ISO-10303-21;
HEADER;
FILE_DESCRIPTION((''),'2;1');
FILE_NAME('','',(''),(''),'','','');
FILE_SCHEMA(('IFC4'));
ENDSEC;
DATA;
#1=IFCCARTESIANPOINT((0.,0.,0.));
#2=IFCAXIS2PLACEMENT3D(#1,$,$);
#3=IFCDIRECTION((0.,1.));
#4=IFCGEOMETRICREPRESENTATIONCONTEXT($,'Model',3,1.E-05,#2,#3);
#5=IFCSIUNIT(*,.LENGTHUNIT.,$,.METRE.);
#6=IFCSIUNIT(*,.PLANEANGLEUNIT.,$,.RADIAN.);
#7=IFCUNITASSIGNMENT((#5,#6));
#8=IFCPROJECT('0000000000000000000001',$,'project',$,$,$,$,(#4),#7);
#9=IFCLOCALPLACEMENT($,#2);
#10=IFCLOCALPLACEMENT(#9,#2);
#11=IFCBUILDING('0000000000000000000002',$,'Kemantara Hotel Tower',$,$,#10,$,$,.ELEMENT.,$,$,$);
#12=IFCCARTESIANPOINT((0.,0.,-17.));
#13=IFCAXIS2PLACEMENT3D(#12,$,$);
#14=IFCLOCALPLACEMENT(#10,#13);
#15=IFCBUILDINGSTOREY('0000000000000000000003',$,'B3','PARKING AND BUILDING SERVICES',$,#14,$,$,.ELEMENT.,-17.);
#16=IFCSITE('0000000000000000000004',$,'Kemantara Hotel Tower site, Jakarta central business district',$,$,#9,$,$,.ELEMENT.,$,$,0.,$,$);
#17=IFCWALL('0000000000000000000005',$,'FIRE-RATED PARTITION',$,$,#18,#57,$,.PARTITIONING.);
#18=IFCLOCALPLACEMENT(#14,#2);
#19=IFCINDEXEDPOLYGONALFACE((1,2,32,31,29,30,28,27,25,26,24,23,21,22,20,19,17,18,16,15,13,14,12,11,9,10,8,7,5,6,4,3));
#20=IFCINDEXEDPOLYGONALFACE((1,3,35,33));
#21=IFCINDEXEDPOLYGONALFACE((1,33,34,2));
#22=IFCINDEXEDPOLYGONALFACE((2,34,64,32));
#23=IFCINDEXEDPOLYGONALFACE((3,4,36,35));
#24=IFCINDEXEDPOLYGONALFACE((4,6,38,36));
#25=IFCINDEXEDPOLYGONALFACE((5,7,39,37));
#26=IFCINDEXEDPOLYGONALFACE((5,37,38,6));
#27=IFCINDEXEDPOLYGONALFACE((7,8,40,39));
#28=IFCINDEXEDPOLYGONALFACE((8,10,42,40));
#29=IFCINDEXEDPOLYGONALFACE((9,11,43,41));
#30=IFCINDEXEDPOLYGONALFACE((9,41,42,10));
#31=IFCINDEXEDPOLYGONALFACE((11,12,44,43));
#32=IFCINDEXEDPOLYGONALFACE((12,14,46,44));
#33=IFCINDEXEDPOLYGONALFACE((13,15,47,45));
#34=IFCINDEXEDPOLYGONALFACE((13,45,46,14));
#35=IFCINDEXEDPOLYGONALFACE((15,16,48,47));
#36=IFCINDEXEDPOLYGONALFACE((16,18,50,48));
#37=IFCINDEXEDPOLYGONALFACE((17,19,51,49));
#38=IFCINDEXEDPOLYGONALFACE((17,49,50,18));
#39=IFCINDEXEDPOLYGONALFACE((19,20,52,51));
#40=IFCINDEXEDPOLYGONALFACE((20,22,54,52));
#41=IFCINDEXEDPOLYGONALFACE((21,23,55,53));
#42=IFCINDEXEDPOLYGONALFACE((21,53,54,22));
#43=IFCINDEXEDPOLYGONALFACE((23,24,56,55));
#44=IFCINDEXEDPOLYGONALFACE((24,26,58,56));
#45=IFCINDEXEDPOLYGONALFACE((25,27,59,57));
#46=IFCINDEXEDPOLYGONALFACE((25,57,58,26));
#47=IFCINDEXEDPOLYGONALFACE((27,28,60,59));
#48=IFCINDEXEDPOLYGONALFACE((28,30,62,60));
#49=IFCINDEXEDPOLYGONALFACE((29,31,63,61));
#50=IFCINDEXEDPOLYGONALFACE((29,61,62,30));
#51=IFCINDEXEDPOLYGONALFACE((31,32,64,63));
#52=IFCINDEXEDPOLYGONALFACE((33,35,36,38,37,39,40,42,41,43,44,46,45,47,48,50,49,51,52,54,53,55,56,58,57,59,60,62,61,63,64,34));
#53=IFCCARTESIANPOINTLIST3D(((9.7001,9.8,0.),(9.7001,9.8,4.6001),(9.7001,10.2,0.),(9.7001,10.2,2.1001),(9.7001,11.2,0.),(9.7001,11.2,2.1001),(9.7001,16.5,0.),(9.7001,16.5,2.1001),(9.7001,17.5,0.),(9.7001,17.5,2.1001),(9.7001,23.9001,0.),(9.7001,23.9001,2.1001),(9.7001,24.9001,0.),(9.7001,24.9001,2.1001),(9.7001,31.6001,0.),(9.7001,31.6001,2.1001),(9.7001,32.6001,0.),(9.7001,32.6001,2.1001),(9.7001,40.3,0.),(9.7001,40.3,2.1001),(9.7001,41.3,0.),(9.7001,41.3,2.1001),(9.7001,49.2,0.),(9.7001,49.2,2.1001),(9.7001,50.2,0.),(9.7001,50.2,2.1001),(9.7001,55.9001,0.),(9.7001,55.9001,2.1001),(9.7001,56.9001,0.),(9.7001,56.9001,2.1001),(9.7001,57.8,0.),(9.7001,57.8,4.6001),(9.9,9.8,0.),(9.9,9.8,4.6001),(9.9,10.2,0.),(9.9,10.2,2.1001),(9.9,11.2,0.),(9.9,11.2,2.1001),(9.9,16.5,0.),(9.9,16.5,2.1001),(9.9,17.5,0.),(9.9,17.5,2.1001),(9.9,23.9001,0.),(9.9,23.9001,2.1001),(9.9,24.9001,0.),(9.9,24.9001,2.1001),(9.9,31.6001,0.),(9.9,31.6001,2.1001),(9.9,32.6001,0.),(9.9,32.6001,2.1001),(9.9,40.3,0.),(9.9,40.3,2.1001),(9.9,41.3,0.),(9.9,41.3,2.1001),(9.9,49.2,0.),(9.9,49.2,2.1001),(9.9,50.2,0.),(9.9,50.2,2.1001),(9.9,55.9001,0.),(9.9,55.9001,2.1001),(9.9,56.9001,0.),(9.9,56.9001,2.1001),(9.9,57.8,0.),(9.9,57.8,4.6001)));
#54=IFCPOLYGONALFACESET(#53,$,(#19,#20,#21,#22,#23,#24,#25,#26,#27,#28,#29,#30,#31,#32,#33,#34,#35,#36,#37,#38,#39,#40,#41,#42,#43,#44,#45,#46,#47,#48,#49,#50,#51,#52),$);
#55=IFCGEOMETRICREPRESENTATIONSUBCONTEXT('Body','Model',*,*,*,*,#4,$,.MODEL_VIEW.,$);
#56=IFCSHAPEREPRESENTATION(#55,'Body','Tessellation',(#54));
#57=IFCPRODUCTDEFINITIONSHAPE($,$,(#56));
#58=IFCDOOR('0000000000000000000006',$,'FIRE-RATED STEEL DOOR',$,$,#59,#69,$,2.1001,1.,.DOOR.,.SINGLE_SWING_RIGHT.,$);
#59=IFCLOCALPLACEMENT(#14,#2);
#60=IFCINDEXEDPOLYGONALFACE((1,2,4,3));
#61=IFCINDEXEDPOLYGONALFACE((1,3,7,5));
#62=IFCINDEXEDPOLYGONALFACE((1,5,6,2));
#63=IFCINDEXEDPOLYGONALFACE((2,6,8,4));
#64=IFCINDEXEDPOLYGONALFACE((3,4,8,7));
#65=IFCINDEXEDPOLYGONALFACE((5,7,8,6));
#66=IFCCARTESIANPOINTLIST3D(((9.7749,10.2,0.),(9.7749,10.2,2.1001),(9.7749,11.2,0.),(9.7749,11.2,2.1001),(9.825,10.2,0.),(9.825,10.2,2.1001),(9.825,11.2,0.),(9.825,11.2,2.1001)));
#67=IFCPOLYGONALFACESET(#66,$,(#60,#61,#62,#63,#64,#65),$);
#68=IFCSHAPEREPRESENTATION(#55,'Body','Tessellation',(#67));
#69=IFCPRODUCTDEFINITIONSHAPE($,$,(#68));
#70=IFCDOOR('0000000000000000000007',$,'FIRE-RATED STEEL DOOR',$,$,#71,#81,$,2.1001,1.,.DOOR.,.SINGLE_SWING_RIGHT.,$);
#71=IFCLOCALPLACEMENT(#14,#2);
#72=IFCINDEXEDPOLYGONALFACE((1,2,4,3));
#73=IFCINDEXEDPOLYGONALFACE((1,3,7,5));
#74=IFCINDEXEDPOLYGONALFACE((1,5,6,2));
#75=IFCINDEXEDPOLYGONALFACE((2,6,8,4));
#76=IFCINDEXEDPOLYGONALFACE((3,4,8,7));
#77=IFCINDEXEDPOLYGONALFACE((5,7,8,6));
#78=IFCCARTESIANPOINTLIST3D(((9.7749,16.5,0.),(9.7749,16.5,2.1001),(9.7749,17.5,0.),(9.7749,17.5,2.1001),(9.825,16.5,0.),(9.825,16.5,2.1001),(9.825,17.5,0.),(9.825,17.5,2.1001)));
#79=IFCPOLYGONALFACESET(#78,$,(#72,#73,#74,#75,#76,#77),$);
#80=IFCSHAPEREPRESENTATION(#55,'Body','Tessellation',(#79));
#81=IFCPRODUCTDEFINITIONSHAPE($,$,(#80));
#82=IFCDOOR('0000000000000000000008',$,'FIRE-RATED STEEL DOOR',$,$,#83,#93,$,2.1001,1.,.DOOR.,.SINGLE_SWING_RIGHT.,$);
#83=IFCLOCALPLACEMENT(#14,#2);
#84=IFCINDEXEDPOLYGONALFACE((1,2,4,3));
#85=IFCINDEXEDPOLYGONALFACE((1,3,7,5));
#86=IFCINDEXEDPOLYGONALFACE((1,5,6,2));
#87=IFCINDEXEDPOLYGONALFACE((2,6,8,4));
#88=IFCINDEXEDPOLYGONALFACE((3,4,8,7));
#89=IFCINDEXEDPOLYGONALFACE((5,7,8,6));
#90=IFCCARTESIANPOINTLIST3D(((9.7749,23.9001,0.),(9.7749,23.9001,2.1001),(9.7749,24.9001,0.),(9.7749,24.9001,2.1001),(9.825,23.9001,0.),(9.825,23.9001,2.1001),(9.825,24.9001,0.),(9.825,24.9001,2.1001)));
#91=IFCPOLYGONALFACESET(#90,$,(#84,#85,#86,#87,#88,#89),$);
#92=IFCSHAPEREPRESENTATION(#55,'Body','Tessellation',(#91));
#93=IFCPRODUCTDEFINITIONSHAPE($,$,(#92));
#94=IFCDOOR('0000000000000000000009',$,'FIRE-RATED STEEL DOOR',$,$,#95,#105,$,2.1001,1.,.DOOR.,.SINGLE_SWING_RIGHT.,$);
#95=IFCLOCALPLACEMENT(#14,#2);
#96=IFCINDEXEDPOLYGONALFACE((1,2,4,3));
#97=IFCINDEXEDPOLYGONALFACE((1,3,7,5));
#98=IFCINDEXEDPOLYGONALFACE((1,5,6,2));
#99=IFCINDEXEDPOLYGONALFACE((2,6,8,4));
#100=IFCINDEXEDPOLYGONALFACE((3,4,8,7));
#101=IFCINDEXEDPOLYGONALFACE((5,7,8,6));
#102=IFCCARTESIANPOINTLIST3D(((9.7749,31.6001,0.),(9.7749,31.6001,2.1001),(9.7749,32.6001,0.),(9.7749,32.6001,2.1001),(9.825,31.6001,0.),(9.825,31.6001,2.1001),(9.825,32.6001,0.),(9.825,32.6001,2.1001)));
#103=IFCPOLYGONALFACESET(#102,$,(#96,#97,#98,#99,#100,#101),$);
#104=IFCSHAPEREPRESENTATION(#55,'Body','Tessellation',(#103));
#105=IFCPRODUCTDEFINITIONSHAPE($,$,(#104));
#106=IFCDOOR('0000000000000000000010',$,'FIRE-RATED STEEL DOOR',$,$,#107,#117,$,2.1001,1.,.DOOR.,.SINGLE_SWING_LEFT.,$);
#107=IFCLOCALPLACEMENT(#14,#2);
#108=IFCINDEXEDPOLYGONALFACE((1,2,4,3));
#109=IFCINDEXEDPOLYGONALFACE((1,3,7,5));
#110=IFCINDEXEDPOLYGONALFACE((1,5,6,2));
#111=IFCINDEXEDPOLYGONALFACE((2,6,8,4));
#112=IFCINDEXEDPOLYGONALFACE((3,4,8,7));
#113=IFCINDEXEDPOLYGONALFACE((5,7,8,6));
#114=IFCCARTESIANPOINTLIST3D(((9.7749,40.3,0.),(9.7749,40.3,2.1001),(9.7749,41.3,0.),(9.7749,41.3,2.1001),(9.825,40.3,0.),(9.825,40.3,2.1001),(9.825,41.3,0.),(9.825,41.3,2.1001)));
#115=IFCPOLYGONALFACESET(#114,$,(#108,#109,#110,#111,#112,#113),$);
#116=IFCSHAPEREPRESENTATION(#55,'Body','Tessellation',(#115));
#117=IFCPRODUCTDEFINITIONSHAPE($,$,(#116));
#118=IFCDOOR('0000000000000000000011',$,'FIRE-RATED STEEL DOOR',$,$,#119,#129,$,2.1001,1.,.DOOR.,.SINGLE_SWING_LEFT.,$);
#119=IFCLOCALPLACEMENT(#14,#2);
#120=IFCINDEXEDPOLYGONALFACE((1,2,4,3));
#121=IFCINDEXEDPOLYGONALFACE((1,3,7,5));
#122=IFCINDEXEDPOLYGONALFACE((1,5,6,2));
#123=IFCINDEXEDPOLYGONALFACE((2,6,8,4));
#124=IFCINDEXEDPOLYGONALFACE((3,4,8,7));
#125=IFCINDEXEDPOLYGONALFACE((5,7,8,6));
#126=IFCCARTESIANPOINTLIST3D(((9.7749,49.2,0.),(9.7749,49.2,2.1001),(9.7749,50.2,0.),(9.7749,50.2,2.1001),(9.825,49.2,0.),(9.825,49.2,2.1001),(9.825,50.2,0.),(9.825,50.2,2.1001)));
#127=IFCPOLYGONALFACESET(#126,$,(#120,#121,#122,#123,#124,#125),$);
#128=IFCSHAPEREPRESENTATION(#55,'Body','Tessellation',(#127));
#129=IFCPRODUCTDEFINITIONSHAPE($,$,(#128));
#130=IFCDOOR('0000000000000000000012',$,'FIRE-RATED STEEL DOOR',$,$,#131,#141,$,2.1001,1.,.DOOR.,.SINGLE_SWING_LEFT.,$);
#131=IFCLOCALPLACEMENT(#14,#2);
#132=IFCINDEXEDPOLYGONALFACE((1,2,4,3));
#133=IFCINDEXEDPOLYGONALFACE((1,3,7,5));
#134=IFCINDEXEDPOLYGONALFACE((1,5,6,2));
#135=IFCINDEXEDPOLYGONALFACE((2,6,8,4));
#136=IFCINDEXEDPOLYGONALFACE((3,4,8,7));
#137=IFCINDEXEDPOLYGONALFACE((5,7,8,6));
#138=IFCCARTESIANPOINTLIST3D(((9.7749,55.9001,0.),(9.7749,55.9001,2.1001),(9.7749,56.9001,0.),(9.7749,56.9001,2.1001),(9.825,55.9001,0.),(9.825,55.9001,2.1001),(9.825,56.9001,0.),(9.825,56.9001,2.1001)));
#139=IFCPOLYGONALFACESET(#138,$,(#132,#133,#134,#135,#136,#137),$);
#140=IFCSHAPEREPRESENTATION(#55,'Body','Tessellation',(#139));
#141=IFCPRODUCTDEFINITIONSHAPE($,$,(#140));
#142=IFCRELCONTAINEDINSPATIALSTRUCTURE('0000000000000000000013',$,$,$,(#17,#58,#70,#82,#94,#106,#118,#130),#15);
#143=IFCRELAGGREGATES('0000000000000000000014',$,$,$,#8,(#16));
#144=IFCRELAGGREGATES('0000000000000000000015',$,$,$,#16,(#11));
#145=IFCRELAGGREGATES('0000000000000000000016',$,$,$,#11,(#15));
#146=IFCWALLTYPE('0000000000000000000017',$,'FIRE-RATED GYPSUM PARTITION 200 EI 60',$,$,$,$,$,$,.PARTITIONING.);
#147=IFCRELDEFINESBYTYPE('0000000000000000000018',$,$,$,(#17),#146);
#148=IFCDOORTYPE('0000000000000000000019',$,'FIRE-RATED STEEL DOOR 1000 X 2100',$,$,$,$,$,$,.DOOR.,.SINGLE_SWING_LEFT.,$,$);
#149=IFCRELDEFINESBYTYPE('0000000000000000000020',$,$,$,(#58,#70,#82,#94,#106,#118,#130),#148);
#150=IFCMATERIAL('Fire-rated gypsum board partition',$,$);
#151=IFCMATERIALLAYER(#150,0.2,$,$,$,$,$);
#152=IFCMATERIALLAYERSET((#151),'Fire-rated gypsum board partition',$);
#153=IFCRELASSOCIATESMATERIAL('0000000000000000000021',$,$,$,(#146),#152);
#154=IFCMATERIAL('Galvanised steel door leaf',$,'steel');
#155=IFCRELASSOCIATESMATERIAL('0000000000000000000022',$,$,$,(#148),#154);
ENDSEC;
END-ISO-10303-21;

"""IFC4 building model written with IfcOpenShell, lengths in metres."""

from ifc_helpers import new_model, si_unit, direction, frame, frame_2d, origin, place, context, subcontext, project, spatial, rectangle, extrude, material, layer, layer_set, type_object, element, fill, save


model = new_model("IFC4")

# Units and contexts
model_context = context("Model", 3, precision=1e-05, world=origin(), true_north=direction((0.0, 1.0)))
body_context = subcontext(model_context, "Body", "Model", "MODEL_VIEW")
ifc_project = project(units=[si_unit("LENGTHUNIT", "METRE"), si_unit("PLANEANGLEUNIT", "RADIAN")], contexts=[model_context])

# Site, building, storey
site_placement = place(None, origin())
site = spatial("IfcSite", under=ifc_project, at=site_placement, Name="Kemantara Hotel Tower site, Jakarta central business district", CompositionType="ELEMENT", RefElevation=0.0)
building_placement = place(site_placement, origin())
building = spatial("IfcBuilding", under=site, at=building_placement, Name="Kemantara Hotel Tower", CompositionType="ELEMENT")
storey_placement = place(building_placement, frame((0.0, 0.0, -17.0)))
storey = spatial("IfcBuildingStorey", under=building, at=storey_placement, Name="B3", Description="PARKING AND BUILDING SERVICES", CompositionType="ELEMENT", Elevation=-17.0)

# Shared definitions
ifc_material_1 = material(Name="Fire-rated gypsum board partition")
ifc_layer_1 = layer(ifc_material_1, 0.2)
ifc_layer_set_1 = layer_set([ifc_layer_1], Name="Fire-rated gypsum board partition")
wall_type_1 = type_object("IfcWallType", Name="FIRE-RATED GYPSUM PARTITION 200 EI 60", PredefinedType="PARTITIONING", material=ifc_layer_set_1)

# Wall, openings, doors
wall_1_placement = place(storey_placement, frame((9.8, 9.8, 0.0), z_axis=(0.0, 0.0, 1.0), x_axis=(0.0, 1.0, 0.0)))
wall_1 = element("IfcWall", 1, at=wall_1_placement, inside=storey, type_object=wall_type_1, Name="FIRE-RATED PARTITION", PredefinedType="PARTITIONING", context=body_context, shape_type="SweptSolid", body=[
    extrude(rectangle(XDim=48.0, YDim=0.2, at=frame_2d((24.0, 0.0))), origin(), (0.0, 0.0, 1.0), 4.6001),
])
opening_1_placement = place(wall_1_placement, frame((0.3999, 0.0, 0.0)))
opening_1 = element("IfcOpeningElement", 2, at=opening_1_placement, cuts=wall_1, PredefinedType="OPENING", context=body_context, shape_type="SweptSolid", body=[
    extrude(rectangle(XDim=1.0, YDim=2.1001, at=frame_2d((0.5, 1.05))), frame((0.0, 0.1099, 0.0), z_axis=(0.0, -1.0, 0.0), x_axis=(1.0, 0.0, 0.0)), (0.0, 0.0, 1.0), 0.22),
])
opening_2_placement = place(wall_1_placement, frame((6.7, 0.0, 0.0)))
opening_2 = element("IfcOpeningElement", 3, at=opening_2_placement, cuts=wall_1, PredefinedType="OPENING", context=body_context, shape_type="SweptSolid", body=[
    extrude(rectangle(XDim=1.0, YDim=2.1001, at=frame_2d((0.5, 1.05))), frame((0.0, 0.1099, 0.0), z_axis=(0.0, -1.0, 0.0), x_axis=(1.0, 0.0, 0.0)), (0.0, 0.0, 1.0), 0.22),
])
opening_3_placement = place(wall_1_placement, frame((14.1001, 0.0, 0.0)))
opening_3 = element("IfcOpeningElement", 4, at=opening_3_placement, cuts=wall_1, PredefinedType="OPENING", context=body_context, shape_type="SweptSolid", body=[
    extrude(rectangle(XDim=1.0, YDim=2.1001, at=frame_2d((0.5, 1.05))), frame((0.0, 0.1099, 0.0), z_axis=(0.0, -1.0, 0.0), x_axis=(1.0, 0.0, 0.0)), (0.0, 0.0, 1.0), 0.22),
])
opening_4_placement = place(wall_1_placement, frame((21.8, 0.0, 0.0)))
opening_4 = element("IfcOpeningElement", 5, at=opening_4_placement, cuts=wall_1, PredefinedType="OPENING", context=body_context, shape_type="SweptSolid", body=[
    extrude(rectangle(XDim=1.0, YDim=2.1001, at=frame_2d((0.5, 1.05))), frame((0.0, 0.1099, 0.0), z_axis=(0.0, -1.0, 0.0), x_axis=(1.0, 0.0, 0.0)), (0.0, 0.0, 1.0), 0.22),
])
opening_5_placement = place(wall_1_placement, frame((30.5, 0.0, 0.0)))
opening_5 = element("IfcOpeningElement", 6, at=opening_5_placement, cuts=wall_1, PredefinedType="OPENING", context=body_context, shape_type="SweptSolid", body=[
    extrude(rectangle(XDim=1.0, YDim=2.1001, at=frame_2d((0.5, 1.05))), frame((0.0, 0.1099, 0.0), z_axis=(0.0, -1.0, 0.0), x_axis=(1.0, 0.0, 0.0)), (0.0, 0.0, 1.0), 0.22),
])
opening_6_placement = place(wall_1_placement, frame((39.3999, 0.0, 0.0)))
opening_6 = element("IfcOpeningElement", 7, at=opening_6_placement, cuts=wall_1, PredefinedType="OPENING", context=body_context, shape_type="SweptSolid", body=[
    extrude(rectangle(XDim=1.0, YDim=2.1001, at=frame_2d((0.5, 1.05))), frame((0.0, 0.1099, 0.0), z_axis=(0.0, -1.0, 0.0), x_axis=(1.0, 0.0, 0.0)), (0.0, 0.0, 1.0), 0.22),
])
opening_7_placement = place(wall_1_placement, frame((46.1001, 0.0, 0.0)))
opening_7 = element("IfcOpeningElement", 8, at=opening_7_placement, cuts=wall_1, PredefinedType="OPENING", context=body_context, shape_type="SweptSolid", body=[
    extrude(rectangle(XDim=1.0, YDim=2.1001, at=frame_2d((0.5, 1.05))), frame((0.0, 0.1099, 0.0), z_axis=(0.0, -1.0, 0.0), x_axis=(1.0, 0.0, 0.0)), (0.0, 0.0, 1.0), 0.22),
])
ifc_material_2 = material(Name="Galvanised steel door leaf", Category="steel")
door_type = type_object("IfcDoorType", Name="FIRE-RATED STEEL DOOR 1000 X 2100", OperationType="SINGLE_SWING_LEFT", PredefinedType="DOOR", material=ifc_material_2)
door_1_placement = place(opening_1_placement, frame((1.0, 0.0, 0.0), z_axis=(0.0, 0.0, 1.0), x_axis=(-1.0, 0.0, 0.0)))
door_1 = element("IfcDoor", 9, at=door_1_placement, inside=storey, type_object=door_type, Name="FIRE-RATED STEEL DOOR", OperationType="SINGLE_SWING_RIGHT", OverallHeight=2.1001, OverallWidth=1.0, PredefinedType="DOOR", context=body_context, shape_type="SweptSolid", body=[
    extrude(rectangle(XDim=1.0, YDim=2.1001, at=frame_2d((0.5, 1.05))), frame((0.0, 0.0249, 0.0), z_axis=(0.0, -1.0, 0.0), x_axis=(1.0, 0.0, 0.0)), (0.0, 0.0, 1.0), 0.05),
])
fill(opening_1, door_1)
door_2_placement = place(opening_2_placement, frame((1.0, 0.0, 0.0), z_axis=(0.0, 0.0, 1.0), x_axis=(-1.0, 0.0, 0.0)))
door_2 = element("IfcDoor", 10, at=door_2_placement, inside=storey, type_object=door_type, Name="FIRE-RATED STEEL DOOR", OperationType="SINGLE_SWING_RIGHT", OverallHeight=2.1001, OverallWidth=1.0, PredefinedType="DOOR", context=body_context, shape_type="SweptSolid", body=[
    extrude(rectangle(XDim=1.0, YDim=2.1001, at=frame_2d((0.5, 1.05))), frame((0.0, 0.0249, 0.0), z_axis=(0.0, -1.0, 0.0), x_axis=(1.0, 0.0, 0.0)), (0.0, 0.0, 1.0), 0.05),
])
fill(opening_2, door_2)
door_3_placement = place(opening_3_placement, frame((1.0, 0.0, 0.0), z_axis=(0.0, 0.0, 1.0), x_axis=(-1.0, 0.0, 0.0)))
door_3 = element("IfcDoor", 11, at=door_3_placement, inside=storey, type_object=door_type, Name="FIRE-RATED STEEL DOOR", OperationType="SINGLE_SWING_RIGHT", OverallHeight=2.1001, OverallWidth=1.0, PredefinedType="DOOR", context=body_context, shape_type="SweptSolid", body=[
    extrude(rectangle(XDim=1.0, YDim=2.1001, at=frame_2d((0.5, 1.05))), frame((0.0, 0.0249, 0.0), z_axis=(0.0, -1.0, 0.0), x_axis=(1.0, 0.0, 0.0)), (0.0, 0.0, 1.0), 0.05),
])
fill(opening_3, door_3)
door_4_placement = place(opening_4_placement, frame((1.0, 0.0, 0.0), z_axis=(0.0, 0.0, 1.0), x_axis=(-1.0, 0.0, 0.0)))
door_4 = element("IfcDoor", 12, at=door_4_placement, inside=storey, type_object=door_type, Name="FIRE-RATED STEEL DOOR", OperationType="SINGLE_SWING_RIGHT", OverallHeight=2.1001, OverallWidth=1.0, PredefinedType="DOOR", context=body_context, shape_type="SweptSolid", body=[
    extrude(rectangle(XDim=1.0, YDim=2.1001, at=frame_2d((0.5, 1.05))), frame((0.0, 0.0249, 0.0), z_axis=(0.0, -1.0, 0.0), x_axis=(1.0, 0.0, 0.0)), (0.0, 0.0, 1.0), 0.05),
])
fill(opening_4, door_4)
door_5_placement = place(opening_5_placement, frame((1.0, 0.0, 0.0), z_axis=(0.0, 0.0, 1.0), x_axis=(-1.0, 0.0, 0.0)))
door_5 = element("IfcDoor", 13, at=door_5_placement, inside=storey, type_object=door_type, Name="FIRE-RATED STEEL DOOR", OperationType="SINGLE_SWING_LEFT", OverallHeight=2.1001, OverallWidth=1.0, PredefinedType="DOOR", context=body_context, shape_type="SweptSolid", body=[
    extrude(rectangle(XDim=1.0, YDim=2.1001, at=frame_2d((0.5, 1.05))), frame((0.0, 0.0249, 0.0), z_axis=(0.0, -1.0, 0.0), x_axis=(1.0, 0.0, 0.0)), (0.0, 0.0, 1.0), 0.05),
])
fill(opening_5, door_5)
door_6_placement = place(opening_6_placement, frame((1.0, 0.0, 0.0), z_axis=(0.0, 0.0, 1.0), x_axis=(-1.0, 0.0, 0.0)))
door_6 = element("IfcDoor", 14, at=door_6_placement, inside=storey, type_object=door_type, Name="FIRE-RATED STEEL DOOR", OperationType="SINGLE_SWING_LEFT", OverallHeight=2.1001, OverallWidth=1.0, PredefinedType="DOOR", context=body_context, shape_type="SweptSolid", body=[
    extrude(rectangle(XDim=1.0, YDim=2.1001, at=frame_2d((0.5, 1.05))), frame((0.0, 0.0249, 0.0), z_axis=(0.0, -1.0, 0.0), x_axis=(1.0, 0.0, 0.0)), (0.0, 0.0, 1.0), 0.05),
])
fill(opening_6, door_6)
door_7_placement = place(opening_7_placement, frame((1.0, 0.0, 0.0), z_axis=(0.0, 0.0, 1.0), x_axis=(-1.0, 0.0, 0.0)))
door_7 = element("IfcDoor", 15, at=door_7_placement, inside=storey, type_object=door_type, Name="FIRE-RATED STEEL DOOR", OperationType="SINGLE_SWING_LEFT", OverallHeight=2.1001, OverallWidth=1.0, PredefinedType="DOOR", context=body_context, shape_type="SweptSolid", body=[
    extrude(rectangle(XDim=1.0, YDim=2.1001, at=frame_2d((0.5, 1.05))), frame((0.0, 0.0249, 0.0), z_axis=(0.0, -1.0, 0.0), x_axis=(1.0, 0.0, 0.0)), (0.0, 0.0, 1.0), 0.05),
])
fill(opening_7, door_7)

save(model, "model.ifc")
